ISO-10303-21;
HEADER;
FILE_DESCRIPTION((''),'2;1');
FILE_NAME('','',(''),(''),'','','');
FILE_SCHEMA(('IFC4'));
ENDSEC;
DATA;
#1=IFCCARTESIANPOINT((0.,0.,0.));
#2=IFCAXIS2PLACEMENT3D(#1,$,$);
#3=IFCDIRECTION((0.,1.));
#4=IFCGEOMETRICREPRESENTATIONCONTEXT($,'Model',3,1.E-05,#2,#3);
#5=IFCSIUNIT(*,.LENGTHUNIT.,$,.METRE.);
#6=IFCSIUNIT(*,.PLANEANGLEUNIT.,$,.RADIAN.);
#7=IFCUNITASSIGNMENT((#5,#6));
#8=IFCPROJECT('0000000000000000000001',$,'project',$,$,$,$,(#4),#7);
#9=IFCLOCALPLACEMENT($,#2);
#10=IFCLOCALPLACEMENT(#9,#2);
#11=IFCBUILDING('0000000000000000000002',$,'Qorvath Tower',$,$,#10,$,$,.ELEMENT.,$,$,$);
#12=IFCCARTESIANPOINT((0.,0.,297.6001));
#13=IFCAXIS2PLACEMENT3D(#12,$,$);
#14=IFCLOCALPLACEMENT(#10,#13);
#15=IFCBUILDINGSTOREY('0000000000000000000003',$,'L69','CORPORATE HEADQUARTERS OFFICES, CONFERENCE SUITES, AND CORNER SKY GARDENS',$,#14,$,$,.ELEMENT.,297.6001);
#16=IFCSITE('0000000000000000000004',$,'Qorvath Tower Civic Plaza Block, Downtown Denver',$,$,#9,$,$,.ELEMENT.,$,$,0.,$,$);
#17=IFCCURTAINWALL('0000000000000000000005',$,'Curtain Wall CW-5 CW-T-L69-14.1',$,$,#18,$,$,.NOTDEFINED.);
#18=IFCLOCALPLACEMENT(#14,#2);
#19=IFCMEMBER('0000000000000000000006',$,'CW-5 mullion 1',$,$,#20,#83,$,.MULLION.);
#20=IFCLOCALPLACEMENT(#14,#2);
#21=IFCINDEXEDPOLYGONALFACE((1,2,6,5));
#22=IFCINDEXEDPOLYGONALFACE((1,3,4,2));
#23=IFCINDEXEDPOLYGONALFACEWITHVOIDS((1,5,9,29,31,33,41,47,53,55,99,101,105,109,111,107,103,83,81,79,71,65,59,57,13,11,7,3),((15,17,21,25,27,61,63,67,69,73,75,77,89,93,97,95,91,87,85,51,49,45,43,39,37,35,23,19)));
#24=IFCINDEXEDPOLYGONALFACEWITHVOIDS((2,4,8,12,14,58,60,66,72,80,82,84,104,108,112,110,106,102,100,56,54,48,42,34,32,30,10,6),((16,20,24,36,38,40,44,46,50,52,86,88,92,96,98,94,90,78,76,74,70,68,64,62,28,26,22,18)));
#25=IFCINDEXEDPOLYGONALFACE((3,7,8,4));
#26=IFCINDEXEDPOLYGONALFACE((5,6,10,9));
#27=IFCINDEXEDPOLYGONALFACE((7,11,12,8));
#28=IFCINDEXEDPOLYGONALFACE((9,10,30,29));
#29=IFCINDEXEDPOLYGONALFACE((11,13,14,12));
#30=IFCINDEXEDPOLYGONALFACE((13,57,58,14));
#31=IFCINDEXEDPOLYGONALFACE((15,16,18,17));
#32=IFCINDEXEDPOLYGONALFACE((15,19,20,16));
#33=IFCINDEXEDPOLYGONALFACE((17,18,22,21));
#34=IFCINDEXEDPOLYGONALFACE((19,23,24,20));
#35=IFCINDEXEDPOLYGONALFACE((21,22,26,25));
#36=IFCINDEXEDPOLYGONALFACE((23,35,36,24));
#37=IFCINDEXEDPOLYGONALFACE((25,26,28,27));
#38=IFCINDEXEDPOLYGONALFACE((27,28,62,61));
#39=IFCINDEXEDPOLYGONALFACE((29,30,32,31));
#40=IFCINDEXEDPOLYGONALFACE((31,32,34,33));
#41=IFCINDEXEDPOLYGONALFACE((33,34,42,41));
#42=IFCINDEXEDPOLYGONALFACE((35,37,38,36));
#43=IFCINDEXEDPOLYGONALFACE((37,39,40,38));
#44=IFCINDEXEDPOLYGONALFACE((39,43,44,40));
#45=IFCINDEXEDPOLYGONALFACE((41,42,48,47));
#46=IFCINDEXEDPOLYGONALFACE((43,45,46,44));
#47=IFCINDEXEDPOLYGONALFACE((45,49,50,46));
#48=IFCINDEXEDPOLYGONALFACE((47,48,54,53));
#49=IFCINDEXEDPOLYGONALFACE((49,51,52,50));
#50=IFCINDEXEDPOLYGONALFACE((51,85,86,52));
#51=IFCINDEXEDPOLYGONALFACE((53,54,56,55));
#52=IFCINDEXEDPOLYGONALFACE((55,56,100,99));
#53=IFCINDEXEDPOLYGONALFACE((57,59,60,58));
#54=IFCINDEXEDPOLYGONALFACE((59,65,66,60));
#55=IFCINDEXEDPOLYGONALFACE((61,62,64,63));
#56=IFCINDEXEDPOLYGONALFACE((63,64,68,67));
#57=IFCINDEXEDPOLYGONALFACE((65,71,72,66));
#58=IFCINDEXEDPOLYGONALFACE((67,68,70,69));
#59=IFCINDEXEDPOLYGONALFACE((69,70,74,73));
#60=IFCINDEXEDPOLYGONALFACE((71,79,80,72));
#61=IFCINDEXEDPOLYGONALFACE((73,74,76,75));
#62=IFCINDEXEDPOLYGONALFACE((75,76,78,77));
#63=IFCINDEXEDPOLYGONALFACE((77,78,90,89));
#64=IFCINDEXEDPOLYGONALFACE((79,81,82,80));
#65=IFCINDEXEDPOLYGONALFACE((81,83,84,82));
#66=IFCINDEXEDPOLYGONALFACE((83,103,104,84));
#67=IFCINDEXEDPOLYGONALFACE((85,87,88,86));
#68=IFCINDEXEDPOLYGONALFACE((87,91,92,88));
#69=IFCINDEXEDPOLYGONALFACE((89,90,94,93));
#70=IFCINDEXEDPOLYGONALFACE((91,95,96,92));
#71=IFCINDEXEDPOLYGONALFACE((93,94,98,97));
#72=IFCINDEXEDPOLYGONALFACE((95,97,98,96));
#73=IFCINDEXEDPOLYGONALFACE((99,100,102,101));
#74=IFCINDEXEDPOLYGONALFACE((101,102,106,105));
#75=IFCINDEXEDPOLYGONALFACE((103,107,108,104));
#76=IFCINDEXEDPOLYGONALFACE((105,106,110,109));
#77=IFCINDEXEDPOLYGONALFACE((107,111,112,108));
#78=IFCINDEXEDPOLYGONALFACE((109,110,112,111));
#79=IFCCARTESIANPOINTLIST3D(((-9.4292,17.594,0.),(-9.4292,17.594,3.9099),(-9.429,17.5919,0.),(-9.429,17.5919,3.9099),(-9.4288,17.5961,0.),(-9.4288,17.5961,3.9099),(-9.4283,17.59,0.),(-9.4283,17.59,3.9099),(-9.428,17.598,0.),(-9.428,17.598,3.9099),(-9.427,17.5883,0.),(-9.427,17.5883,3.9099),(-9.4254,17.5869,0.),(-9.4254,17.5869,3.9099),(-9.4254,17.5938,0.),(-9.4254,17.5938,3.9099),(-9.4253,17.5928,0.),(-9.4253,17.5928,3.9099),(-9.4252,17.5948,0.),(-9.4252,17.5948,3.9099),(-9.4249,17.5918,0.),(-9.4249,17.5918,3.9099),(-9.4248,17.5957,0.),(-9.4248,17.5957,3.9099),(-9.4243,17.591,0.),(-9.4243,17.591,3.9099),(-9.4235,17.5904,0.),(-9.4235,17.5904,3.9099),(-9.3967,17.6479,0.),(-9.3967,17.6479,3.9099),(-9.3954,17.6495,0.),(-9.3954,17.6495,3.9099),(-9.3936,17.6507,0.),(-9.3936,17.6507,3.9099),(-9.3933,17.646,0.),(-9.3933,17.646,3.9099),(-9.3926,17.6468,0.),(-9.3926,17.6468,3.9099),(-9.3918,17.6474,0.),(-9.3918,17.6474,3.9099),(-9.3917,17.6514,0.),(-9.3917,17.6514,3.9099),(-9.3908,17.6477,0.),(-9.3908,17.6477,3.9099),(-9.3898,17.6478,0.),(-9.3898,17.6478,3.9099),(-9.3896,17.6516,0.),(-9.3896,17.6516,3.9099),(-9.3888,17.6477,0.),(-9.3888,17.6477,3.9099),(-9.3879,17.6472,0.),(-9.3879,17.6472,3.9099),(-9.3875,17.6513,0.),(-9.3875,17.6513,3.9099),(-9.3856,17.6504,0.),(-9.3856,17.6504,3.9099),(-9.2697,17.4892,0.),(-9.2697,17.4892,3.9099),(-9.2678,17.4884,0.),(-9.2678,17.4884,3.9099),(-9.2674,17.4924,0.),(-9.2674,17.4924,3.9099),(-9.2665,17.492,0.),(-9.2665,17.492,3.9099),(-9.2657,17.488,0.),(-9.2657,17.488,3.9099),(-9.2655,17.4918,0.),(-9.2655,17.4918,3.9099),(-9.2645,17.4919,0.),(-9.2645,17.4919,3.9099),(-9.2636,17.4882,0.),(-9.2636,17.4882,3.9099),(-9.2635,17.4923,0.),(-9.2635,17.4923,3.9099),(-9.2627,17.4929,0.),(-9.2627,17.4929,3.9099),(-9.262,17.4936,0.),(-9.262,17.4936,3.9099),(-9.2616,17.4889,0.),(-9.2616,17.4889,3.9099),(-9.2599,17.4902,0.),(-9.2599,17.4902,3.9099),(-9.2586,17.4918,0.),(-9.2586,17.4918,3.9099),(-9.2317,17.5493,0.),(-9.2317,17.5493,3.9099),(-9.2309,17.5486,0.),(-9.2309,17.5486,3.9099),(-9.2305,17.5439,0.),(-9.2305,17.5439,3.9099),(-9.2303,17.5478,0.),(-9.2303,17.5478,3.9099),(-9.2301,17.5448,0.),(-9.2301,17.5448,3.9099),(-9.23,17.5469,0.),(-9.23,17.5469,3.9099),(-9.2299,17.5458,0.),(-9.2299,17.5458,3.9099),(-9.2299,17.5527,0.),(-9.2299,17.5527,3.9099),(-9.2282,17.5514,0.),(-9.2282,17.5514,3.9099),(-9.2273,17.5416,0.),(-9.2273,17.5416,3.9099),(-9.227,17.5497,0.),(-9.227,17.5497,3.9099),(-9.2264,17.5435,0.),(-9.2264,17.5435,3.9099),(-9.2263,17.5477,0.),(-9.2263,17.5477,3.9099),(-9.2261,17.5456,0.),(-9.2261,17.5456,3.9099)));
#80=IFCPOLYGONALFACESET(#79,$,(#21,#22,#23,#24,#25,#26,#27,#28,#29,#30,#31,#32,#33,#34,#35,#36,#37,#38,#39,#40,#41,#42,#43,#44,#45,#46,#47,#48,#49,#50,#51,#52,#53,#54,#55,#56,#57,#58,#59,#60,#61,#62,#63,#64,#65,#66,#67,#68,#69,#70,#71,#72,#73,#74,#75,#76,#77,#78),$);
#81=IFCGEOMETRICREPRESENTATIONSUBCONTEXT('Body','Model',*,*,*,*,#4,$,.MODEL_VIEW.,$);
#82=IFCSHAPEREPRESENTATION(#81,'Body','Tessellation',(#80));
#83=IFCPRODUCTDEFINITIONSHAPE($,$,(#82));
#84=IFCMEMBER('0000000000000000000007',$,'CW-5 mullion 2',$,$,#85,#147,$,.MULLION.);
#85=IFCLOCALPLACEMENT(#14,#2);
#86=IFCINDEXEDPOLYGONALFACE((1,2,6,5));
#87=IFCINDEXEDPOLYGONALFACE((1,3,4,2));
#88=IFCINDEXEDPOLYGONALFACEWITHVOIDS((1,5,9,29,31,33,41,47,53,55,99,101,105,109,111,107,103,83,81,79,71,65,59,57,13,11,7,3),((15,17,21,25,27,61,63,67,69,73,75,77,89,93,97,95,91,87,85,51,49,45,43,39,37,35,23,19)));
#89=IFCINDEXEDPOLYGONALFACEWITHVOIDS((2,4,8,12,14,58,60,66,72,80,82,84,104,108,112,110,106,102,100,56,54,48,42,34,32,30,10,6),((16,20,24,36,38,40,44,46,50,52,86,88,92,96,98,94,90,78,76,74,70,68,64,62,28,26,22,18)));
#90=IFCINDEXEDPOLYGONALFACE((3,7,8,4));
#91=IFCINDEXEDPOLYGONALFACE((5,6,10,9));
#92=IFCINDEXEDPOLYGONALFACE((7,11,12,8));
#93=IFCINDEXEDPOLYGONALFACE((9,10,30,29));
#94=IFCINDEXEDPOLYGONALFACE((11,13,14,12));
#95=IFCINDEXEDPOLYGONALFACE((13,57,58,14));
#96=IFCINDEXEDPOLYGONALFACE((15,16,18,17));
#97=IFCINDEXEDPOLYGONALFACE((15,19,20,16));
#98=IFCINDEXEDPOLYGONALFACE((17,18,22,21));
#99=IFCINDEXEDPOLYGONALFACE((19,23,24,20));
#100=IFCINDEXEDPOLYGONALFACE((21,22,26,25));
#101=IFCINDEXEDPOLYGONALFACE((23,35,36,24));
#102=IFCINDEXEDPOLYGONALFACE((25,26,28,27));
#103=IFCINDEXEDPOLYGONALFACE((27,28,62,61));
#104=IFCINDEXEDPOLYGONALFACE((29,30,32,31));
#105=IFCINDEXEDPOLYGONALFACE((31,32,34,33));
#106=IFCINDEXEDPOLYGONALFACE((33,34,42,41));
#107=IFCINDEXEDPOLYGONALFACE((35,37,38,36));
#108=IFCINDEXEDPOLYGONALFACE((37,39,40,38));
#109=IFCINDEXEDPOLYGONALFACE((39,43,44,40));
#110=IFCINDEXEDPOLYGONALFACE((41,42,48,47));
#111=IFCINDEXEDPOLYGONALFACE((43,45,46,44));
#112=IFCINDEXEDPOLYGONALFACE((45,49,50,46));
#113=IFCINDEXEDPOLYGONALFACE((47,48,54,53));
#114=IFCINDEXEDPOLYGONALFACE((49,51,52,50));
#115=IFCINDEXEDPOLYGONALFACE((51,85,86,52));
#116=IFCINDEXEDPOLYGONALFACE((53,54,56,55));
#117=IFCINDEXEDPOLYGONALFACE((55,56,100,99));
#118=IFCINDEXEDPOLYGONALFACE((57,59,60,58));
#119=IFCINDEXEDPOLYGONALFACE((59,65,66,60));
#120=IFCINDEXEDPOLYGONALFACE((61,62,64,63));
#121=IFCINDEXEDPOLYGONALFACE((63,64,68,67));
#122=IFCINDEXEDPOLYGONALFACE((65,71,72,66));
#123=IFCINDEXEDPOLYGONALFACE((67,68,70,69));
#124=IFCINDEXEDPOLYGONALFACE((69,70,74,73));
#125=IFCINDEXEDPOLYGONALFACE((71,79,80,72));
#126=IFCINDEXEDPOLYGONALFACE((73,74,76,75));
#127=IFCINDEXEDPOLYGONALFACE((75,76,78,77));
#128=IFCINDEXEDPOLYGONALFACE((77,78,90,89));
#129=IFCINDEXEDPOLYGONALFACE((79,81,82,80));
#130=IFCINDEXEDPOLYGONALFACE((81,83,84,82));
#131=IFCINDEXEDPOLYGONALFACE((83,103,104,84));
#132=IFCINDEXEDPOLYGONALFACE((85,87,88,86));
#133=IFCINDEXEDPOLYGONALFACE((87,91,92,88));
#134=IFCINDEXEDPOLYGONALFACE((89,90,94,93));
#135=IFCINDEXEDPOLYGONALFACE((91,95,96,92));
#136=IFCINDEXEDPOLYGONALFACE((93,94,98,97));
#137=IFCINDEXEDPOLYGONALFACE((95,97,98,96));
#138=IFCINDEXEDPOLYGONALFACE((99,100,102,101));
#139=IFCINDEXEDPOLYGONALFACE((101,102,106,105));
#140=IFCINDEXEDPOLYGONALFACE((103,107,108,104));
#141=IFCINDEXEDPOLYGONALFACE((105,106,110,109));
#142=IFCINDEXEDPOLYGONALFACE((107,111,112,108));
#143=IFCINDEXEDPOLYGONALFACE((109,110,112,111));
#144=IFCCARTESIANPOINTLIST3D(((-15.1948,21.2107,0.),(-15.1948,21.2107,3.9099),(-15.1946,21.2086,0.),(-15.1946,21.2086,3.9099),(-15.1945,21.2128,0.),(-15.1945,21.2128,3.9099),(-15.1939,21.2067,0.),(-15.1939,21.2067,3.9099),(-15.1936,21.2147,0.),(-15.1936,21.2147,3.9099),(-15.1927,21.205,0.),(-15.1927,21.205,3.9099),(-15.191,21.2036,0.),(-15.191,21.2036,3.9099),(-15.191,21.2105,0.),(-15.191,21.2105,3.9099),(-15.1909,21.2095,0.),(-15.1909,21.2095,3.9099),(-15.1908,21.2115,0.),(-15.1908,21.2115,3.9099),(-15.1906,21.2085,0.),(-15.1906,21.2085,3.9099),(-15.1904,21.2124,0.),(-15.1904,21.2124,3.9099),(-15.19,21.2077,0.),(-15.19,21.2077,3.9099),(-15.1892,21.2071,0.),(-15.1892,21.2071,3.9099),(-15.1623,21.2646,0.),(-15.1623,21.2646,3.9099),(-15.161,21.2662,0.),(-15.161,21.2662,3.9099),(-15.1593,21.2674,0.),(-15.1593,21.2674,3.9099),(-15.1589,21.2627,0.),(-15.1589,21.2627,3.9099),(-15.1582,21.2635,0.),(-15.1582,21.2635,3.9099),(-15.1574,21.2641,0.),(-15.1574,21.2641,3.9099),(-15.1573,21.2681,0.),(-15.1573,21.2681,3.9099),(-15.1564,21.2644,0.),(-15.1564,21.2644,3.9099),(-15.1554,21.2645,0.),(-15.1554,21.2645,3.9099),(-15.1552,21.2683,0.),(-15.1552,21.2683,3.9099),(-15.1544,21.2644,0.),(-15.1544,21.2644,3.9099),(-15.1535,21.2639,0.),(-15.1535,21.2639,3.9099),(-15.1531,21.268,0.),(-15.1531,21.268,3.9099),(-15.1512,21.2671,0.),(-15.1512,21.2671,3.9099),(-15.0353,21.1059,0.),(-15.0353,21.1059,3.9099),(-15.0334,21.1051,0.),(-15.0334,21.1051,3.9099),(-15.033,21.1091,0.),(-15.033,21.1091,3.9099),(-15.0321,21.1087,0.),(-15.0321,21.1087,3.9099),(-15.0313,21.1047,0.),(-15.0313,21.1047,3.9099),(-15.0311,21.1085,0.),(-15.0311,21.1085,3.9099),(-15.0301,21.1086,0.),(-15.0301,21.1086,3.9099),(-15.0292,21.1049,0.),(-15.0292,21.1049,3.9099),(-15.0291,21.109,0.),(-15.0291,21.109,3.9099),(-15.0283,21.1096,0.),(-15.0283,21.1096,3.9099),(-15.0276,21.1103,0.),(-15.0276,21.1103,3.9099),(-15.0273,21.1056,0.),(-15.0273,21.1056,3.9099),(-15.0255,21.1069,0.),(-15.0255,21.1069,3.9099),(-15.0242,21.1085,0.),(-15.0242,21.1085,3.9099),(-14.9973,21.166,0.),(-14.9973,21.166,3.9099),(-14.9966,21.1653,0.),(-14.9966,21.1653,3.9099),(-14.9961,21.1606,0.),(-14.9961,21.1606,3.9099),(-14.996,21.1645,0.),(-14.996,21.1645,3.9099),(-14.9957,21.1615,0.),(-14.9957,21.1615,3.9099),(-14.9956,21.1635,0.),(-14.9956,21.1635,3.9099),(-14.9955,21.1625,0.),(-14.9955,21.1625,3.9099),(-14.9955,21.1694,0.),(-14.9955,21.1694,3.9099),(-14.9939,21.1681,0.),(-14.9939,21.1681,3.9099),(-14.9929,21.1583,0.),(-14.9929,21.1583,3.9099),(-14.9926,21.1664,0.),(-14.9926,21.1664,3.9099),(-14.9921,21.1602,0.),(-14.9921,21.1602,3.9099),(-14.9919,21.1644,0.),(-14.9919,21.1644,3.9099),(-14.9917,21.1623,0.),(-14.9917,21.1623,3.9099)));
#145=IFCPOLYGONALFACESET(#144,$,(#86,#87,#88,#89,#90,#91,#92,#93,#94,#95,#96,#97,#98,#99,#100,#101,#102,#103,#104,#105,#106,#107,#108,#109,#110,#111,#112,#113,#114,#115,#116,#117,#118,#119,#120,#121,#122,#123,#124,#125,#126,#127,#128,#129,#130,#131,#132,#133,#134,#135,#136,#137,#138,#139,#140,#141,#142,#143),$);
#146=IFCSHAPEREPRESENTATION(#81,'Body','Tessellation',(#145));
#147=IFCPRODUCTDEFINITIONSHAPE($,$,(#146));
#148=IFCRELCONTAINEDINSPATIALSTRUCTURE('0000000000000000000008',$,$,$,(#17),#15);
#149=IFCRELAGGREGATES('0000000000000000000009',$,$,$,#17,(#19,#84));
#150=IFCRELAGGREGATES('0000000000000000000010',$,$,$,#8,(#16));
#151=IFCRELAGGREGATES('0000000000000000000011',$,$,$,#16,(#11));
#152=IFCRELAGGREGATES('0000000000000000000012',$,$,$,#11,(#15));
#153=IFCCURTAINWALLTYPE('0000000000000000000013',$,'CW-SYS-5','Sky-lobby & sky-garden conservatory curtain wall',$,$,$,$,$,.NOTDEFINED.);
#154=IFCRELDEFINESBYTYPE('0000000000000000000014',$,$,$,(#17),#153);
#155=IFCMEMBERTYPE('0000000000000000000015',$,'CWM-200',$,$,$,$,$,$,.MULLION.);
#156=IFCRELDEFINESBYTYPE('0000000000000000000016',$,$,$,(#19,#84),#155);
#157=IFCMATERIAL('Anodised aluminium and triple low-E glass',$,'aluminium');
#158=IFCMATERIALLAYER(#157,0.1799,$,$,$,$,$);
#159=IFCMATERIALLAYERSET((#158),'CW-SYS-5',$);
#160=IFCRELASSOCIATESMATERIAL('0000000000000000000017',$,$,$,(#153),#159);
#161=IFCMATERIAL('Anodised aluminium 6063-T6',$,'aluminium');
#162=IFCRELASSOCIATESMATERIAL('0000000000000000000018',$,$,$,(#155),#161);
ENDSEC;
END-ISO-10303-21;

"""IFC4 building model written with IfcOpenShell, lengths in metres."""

from ifc_helpers import new_model, si_unit, direction, frame, origin, origin_2d, place, context, subcontext, project, spatial, hollow_rectangle, extrude, material, layer, layer_set, material_profile, profile_set, type_object, element, aggregate, save


model = new_model("IFC4")

# Units and contexts
model_context = context("Model", 3, precision=1e-05, world=origin(), true_north=direction((0.0, 1.0)))
body_context = subcontext(model_context, "Body", "Model", "MODEL_VIEW")
ifc_project = project(units=[si_unit("LENGTHUNIT", "METRE"), si_unit("PLANEANGLEUNIT", "RADIAN")], contexts=[model_context])

# Site, building, storey
site_placement = place(None, origin())
site = spatial("IfcSite", under=ifc_project, at=site_placement, Name="Qorvath Tower Civic Plaza Block, Downtown Denver", CompositionType="ELEMENT", RefElevation=0.0)
building_placement = place(site_placement, origin())
building = spatial("IfcBuilding", under=site, at=building_placement, Name="Qorvath Tower", CompositionType="ELEMENT")
storey_placement = place(building_placement, frame((0.0, 0.0, 297.6001)))
storey = spatial("IfcBuildingStorey", under=building, at=storey_placement, Name="L69", Description="CORPORATE HEADQUARTERS OFFICES, CONFERENCE SUITES, AND CORNER SKY GARDENS", CompositionType="ELEMENT", Elevation=297.6001)

# Curtain wall, members
ifc_material_1 = material(Name="Anodised aluminium and triple low-E glass", Category="aluminium")
ifc_layer_1 = layer(ifc_material_1, 0.1799)
ifc_layer_set_1 = layer_set([ifc_layer_1], Name="CW-SYS-5")
curtain_wall_type = type_object("IfcCurtainWallType", Name="CW-SYS-5", Description="Sky-lobby & sky-garden conservatory curtain wall", PredefinedType="NOTDEFINED", material=ifc_layer_set_1)
ifc_material_2 = material(Name="Anodised aluminium 6063-T6", Category="aluminium")
ifc_material_profile_1 = material_profile(ifc_material_2, hollow_rectangle(XDim=0.075, YDim=0.2, WallThickness=0.0039, InnerFilletRadius=0.0039, OuterFilletRadius=0.0081, at=origin_2d()), Name="CWM 200x75")
ifc_profile_set_1 = profile_set([ifc_material_profile_1], Name="Anodised aluminium 6063-T6")
member_type_1 = type_object("IfcMemberType", Name="CWM-200", PredefinedType="MULLION", material=ifc_profile_set_1)
curtain_wall_1_placement = place(storey_placement, origin())
curtain_wall_1 = element("IfcCurtainWall", 1, at=curtain_wall_1_placement, inside=storey, type_object=curtain_wall_type, Name="Curtain Wall CW-5 CW-T-L69-14.1", PredefinedType="NOTDEFINED")
member_1_placement = place(storey_placement, frame((-9.3276, 17.5698, 0.0), z_axis=(0.0, 0.0, 1.0), x_axis=(-0.531389, -0.847128, 0.0)))
member_1 = element("IfcMember", 2, at=member_1_placement, type_object=member_type_1, Name="CW-5 mullion 1", PredefinedType="MULLION", context=body_context, shape_type="SweptSolid", body=[
    extrude(hollow_rectangle(XDim=0.075, YDim=0.2, WallThickness=0.0039, InnerFilletRadius=0.0039, OuterFilletRadius=0.0081, at=origin_2d()), origin(), (0.0, 0.0, 1.0), 3.9099),
])
member_2_placement = place(storey_placement, frame((-15.0933, 21.1865, 0.0), z_axis=(0.0, 0.0, 1.0), x_axis=(-0.531389, -0.847128, 0.0)))
member_2 = element("IfcMember", 3, at=member_2_placement, type_object=member_type_1, Name="CW-5 mullion 2", PredefinedType="MULLION", context=body_context, shape_type="SweptSolid", body=[
    extrude(hollow_rectangle(XDim=0.075, YDim=0.2, WallThickness=0.0039, InnerFilletRadius=0.0039, OuterFilletRadius=0.0081, at=origin_2d()), origin(), (0.0, 0.0, 1.0), 3.9099),
])

aggregate(curtain_wall_1, [member_1, member_2])

save(model, "model.ifc")
